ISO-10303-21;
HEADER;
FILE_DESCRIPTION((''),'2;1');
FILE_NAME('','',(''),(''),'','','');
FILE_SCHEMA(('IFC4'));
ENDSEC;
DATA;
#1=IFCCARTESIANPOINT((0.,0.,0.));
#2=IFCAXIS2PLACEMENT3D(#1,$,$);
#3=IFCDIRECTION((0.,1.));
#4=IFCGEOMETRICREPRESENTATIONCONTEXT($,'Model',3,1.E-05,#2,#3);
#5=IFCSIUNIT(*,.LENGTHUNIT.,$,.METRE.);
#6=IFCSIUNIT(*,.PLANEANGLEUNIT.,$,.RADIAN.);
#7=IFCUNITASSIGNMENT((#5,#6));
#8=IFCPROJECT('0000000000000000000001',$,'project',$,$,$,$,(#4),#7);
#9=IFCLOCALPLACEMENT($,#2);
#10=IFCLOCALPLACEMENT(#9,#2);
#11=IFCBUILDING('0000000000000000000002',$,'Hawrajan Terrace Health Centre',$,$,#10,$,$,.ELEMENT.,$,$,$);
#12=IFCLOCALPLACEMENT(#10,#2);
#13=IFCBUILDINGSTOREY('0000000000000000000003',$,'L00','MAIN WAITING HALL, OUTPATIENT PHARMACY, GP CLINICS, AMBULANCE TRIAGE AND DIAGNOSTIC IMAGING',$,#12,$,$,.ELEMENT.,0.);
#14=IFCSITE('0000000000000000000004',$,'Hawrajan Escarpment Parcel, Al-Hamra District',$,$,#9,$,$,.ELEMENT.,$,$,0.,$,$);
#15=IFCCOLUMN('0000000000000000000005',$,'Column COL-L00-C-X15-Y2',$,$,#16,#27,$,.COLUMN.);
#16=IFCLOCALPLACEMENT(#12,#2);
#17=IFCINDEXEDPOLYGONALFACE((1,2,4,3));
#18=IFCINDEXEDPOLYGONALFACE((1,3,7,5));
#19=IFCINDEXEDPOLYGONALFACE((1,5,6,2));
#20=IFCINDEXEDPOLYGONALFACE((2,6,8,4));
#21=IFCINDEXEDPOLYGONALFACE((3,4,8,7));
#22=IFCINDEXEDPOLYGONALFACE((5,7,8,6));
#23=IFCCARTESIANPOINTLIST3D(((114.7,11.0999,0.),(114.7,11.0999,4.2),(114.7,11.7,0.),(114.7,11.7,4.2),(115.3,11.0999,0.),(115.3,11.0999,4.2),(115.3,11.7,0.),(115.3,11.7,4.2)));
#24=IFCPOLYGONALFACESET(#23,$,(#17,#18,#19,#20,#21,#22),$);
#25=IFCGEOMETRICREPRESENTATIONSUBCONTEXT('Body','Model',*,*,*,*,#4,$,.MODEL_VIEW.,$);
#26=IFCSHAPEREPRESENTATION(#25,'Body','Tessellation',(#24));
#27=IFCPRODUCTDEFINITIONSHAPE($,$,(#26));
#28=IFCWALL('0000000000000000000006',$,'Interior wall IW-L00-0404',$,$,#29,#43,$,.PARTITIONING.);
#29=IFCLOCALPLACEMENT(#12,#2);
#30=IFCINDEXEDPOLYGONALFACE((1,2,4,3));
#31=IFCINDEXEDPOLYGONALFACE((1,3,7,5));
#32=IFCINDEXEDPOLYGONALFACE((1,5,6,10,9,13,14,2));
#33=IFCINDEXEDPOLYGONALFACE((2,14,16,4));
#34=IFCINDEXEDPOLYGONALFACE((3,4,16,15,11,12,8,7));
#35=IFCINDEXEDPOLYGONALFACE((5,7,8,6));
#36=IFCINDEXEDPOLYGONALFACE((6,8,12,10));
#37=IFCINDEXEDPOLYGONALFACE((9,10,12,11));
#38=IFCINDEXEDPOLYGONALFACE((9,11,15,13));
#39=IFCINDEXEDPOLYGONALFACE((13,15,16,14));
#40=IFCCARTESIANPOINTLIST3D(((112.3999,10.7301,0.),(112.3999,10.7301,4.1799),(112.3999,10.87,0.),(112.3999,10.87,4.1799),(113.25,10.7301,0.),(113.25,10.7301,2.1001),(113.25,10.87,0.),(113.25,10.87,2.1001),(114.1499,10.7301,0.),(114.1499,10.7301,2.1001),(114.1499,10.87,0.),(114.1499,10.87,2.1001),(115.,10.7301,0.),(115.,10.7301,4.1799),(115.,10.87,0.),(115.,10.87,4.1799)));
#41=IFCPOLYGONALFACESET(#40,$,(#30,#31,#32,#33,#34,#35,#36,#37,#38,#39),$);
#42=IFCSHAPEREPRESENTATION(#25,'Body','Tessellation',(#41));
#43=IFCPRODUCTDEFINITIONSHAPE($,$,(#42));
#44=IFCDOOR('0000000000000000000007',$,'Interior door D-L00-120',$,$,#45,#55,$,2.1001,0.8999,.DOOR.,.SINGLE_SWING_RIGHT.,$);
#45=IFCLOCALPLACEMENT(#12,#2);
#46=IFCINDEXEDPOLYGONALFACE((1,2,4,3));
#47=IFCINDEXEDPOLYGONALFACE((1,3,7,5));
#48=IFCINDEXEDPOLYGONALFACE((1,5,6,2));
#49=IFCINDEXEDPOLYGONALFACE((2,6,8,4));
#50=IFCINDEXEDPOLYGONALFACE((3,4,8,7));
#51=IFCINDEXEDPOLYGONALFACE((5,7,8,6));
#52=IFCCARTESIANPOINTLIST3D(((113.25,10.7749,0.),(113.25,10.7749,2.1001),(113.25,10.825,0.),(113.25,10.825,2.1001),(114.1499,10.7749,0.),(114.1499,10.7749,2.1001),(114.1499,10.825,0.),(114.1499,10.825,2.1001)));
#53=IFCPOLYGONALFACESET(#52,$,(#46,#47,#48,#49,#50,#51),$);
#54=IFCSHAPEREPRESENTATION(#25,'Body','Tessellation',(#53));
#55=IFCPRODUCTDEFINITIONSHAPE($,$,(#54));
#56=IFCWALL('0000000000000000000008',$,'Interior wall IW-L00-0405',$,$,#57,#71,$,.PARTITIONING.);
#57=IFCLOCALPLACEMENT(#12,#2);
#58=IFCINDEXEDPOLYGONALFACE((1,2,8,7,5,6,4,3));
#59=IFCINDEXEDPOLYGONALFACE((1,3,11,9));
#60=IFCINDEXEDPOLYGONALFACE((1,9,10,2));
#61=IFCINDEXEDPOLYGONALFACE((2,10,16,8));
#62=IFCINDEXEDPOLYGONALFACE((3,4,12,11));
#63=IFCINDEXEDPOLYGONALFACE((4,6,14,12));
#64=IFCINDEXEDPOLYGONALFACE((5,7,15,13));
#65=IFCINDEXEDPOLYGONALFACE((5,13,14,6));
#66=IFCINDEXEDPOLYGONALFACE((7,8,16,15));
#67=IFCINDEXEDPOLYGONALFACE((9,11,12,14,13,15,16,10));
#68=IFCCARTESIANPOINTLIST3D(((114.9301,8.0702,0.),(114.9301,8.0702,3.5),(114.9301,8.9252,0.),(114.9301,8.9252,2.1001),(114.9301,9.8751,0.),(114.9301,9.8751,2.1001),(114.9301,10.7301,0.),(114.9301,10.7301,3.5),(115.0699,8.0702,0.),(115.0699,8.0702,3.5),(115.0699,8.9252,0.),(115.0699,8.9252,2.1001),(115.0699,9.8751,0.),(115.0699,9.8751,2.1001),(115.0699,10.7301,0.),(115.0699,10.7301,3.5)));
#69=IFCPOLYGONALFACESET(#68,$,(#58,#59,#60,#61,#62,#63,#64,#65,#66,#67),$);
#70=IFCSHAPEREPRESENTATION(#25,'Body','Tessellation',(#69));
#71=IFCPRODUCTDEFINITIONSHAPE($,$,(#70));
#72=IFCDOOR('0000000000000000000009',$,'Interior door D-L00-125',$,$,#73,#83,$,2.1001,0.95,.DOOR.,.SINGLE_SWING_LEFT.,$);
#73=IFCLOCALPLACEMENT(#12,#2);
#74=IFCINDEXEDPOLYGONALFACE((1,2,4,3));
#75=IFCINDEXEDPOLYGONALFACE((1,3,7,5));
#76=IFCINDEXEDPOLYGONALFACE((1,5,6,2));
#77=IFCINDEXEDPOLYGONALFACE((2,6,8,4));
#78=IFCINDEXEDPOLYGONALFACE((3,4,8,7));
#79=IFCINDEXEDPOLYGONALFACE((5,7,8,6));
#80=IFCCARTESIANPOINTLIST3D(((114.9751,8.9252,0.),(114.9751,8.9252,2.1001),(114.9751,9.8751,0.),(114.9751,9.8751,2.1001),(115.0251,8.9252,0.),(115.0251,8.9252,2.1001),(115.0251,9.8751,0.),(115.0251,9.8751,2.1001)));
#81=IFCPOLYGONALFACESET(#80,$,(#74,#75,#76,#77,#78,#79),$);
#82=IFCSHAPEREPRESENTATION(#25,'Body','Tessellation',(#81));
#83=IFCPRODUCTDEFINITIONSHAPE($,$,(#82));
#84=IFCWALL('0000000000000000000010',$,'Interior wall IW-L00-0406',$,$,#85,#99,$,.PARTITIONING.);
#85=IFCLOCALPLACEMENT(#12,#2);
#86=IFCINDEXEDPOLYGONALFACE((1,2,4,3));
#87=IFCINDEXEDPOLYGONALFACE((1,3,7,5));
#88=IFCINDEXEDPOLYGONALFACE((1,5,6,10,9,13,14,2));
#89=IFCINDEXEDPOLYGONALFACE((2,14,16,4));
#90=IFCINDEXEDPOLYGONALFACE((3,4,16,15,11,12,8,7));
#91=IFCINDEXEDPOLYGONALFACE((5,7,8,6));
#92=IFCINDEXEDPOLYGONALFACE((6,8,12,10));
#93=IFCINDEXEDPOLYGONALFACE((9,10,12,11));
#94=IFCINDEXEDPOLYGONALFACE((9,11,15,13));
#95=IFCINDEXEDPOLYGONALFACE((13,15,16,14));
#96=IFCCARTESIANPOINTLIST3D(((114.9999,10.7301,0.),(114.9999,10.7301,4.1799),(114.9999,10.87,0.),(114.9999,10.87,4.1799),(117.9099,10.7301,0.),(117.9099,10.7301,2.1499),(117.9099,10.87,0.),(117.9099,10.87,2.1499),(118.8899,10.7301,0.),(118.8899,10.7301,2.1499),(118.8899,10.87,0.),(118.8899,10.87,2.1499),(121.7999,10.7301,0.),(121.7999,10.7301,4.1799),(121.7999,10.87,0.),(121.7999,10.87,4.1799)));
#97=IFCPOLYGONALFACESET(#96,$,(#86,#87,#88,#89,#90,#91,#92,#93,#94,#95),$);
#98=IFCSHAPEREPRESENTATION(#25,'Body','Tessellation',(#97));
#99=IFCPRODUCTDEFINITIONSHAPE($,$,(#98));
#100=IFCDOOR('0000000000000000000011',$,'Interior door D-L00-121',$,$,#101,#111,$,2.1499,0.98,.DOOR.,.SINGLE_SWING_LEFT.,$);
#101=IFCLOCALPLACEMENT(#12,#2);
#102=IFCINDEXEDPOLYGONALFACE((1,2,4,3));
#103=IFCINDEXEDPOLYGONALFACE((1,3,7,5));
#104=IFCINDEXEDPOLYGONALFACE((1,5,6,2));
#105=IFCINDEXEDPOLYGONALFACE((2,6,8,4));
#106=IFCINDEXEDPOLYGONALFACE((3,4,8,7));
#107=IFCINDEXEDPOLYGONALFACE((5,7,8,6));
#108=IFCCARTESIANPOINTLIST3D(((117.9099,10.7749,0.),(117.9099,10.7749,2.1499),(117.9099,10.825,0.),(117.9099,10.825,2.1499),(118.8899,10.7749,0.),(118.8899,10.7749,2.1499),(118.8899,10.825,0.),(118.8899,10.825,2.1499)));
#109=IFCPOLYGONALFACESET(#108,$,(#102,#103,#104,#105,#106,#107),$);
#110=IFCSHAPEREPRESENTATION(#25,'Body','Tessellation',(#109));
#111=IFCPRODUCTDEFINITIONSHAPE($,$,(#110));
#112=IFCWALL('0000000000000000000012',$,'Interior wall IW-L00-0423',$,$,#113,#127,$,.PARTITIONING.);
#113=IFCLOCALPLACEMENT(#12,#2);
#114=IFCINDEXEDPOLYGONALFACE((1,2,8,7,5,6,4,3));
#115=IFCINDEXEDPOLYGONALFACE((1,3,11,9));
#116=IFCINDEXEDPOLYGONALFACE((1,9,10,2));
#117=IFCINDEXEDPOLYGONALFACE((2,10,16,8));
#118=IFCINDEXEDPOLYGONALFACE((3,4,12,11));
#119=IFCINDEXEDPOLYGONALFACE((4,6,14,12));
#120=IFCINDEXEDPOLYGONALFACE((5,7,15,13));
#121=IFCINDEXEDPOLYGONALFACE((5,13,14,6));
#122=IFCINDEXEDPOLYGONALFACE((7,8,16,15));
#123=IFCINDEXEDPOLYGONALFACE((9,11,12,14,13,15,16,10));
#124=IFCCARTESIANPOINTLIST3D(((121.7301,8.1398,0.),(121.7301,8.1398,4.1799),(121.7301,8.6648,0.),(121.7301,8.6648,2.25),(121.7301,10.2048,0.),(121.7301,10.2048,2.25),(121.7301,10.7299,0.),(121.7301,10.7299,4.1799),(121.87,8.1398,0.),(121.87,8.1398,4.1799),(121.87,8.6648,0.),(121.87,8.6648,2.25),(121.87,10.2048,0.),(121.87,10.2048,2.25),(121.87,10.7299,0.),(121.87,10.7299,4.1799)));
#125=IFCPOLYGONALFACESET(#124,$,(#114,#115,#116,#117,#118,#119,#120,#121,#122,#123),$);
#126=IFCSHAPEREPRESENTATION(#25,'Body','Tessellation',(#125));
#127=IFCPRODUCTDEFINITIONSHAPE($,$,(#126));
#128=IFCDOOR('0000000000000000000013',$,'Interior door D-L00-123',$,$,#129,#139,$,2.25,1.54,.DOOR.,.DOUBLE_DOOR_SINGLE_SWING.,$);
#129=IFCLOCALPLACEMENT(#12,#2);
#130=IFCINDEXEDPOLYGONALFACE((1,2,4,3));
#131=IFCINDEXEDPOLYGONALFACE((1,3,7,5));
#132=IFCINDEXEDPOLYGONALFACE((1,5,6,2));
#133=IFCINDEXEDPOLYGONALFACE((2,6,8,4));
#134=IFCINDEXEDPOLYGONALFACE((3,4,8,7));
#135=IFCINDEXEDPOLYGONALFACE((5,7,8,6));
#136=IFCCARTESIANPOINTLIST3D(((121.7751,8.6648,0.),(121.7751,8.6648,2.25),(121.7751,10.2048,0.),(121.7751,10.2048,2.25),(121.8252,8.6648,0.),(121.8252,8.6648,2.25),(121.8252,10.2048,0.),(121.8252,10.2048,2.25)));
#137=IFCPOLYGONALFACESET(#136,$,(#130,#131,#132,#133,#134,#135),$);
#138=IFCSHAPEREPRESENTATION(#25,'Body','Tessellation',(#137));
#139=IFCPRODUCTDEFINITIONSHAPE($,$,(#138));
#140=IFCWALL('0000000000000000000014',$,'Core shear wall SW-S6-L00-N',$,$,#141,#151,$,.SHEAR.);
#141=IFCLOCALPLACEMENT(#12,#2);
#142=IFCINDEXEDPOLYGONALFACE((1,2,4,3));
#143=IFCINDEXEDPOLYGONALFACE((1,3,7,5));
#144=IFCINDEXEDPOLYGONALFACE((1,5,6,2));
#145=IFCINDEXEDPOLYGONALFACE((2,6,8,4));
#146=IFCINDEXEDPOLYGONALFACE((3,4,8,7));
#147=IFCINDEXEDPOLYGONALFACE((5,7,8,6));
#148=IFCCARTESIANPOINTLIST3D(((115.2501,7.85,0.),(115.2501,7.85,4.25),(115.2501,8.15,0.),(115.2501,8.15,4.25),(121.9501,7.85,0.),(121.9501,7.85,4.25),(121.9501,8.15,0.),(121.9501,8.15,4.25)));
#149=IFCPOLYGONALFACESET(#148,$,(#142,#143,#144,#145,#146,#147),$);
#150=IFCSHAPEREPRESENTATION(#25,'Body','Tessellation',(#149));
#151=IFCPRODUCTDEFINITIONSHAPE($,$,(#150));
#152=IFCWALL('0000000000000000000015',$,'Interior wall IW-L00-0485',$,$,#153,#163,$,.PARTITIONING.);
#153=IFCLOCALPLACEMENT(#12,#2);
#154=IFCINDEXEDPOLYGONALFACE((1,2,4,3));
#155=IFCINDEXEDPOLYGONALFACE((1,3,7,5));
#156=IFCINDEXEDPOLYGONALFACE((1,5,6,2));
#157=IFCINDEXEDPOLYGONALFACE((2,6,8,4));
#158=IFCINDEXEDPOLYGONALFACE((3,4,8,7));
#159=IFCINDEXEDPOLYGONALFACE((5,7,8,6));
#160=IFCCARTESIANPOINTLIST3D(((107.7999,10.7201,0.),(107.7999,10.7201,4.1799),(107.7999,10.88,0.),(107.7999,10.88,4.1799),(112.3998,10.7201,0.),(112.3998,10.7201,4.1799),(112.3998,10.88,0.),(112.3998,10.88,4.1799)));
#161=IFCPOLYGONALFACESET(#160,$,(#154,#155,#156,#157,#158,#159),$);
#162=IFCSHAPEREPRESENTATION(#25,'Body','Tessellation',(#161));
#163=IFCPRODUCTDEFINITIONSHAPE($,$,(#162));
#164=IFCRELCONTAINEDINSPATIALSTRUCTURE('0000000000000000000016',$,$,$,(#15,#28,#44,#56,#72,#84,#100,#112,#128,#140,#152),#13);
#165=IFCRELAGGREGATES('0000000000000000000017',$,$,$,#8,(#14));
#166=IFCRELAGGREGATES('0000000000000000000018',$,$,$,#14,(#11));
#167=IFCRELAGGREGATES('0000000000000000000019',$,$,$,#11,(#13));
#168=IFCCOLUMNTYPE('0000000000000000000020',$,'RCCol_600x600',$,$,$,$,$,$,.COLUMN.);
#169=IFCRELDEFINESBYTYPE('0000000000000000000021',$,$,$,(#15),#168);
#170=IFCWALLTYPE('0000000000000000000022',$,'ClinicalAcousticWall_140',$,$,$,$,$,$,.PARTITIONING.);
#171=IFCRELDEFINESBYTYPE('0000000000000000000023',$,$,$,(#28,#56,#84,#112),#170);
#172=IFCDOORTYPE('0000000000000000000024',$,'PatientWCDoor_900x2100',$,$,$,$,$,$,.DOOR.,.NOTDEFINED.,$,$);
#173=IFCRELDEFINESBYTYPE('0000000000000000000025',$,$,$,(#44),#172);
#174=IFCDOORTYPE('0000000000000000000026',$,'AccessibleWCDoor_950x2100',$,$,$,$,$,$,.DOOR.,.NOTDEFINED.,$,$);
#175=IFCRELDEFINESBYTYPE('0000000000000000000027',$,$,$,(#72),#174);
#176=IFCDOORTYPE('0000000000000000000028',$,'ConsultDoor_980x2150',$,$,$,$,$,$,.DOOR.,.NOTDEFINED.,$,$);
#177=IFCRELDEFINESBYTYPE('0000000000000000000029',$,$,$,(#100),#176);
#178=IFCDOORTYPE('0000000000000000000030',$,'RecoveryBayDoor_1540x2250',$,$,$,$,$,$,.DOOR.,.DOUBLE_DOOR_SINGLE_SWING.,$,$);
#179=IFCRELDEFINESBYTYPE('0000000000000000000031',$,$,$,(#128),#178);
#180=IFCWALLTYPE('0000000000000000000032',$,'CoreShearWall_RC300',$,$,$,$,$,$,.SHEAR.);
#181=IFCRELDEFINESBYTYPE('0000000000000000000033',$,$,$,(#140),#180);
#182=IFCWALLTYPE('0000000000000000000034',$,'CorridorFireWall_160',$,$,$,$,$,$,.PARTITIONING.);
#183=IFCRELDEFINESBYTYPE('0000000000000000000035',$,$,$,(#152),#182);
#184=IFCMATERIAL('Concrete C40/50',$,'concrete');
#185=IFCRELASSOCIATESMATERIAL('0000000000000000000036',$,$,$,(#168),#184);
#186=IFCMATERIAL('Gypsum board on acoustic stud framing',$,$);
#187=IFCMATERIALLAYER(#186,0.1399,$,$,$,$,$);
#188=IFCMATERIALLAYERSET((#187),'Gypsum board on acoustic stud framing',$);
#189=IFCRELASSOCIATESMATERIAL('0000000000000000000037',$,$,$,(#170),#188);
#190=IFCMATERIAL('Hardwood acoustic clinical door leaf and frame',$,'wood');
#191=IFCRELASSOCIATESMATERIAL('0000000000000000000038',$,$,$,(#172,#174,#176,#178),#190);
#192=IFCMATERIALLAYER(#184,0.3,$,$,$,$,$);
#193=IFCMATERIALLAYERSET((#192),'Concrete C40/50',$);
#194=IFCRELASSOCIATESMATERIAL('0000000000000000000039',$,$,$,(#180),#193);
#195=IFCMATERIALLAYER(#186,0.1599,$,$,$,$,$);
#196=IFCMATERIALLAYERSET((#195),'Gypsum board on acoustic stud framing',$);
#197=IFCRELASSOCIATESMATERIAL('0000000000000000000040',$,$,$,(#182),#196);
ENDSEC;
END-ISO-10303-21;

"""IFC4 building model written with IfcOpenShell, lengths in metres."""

from ifc_helpers import new_model, si_unit, direction, frame, frame_2d, origin, origin_2d, place, context, subcontext, project, spatial, rectangle, extrude, material, layer, layer_set, material_profile, profile_set, type_object, element, fill, save


model = new_model("IFC4")

# Units and contexts
model_context = context("Model", 3, precision=1e-05, world=origin(), true_north=direction((0.0, 1.0)))
body_context = subcontext(model_context, "Body", "Model", "MODEL_VIEW")
ifc_project = project(units=[si_unit("LENGTHUNIT", "METRE"), si_unit("PLANEANGLEUNIT", "RADIAN")], contexts=[model_context])

# Site, building, storey
site_placement = place(None, origin())
site = spatial("IfcSite", under=ifc_project, at=site_placement, Name="Hawrajan Escarpment Parcel, Al-Hamra District", CompositionType="ELEMENT", RefElevation=0.0)
building_placement = place(site_placement, origin())
building = spatial("IfcBuilding", under=site, at=building_placement, Name="Hawrajan Terrace Health Centre", CompositionType="ELEMENT")
storey_placement = place(building_placement, origin())
storey = spatial("IfcBuildingStorey", under=building, at=storey_placement, Name="L00", Description="MAIN WAITING HALL, OUTPATIENT PHARMACY, GP CLINICS, AMBULANCE TRIAGE AND DIAGNOSTIC IMAGING", CompositionType="ELEMENT", Elevation=0.0)

# Shared definitions
ifc_material_1 = material(Name="Concrete C40/50", Category="concrete")

# Column
ifc_material_profile_1 = material_profile(ifc_material_1, rectangle(XDim=0.6001, YDim=0.6001, at=origin_2d()), Name="RC 600x600")
ifc_profile_set_1 = profile_set([ifc_material_profile_1], Name="Concrete C40/50")
column_type = type_object("IfcColumnType", Name="RCCol_600x600", PredefinedType="COLUMN", material=ifc_profile_set_1)
column_placement = place(storey_placement, frame((115.0, 11.3999, 0.0), z_axis=(0.0, 0.0, 1.0), x_axis=(1.0, 0.0, 0.0)))
element("IfcColumn", 1, at=column_placement, inside=storey, type_object=column_type, Name="Column COL-L00-C-X15-Y2", PredefinedType="COLUMN", context=body_context, shape_type="SweptSolid", body=[
    extrude(rectangle(XDim=0.6001, YDim=0.6001, at=origin_2d()), origin(), (0.0, 0.0, 1.0), 4.2),
])

# Walls, openings, doors
ifc_material_2 = material(Name="Gypsum board on acoustic stud framing")
ifc_layer_1 = layer(ifc_material_2, 0.1399)
ifc_layer_set_1 = layer_set([ifc_layer_1], Name="Gypsum board on acoustic stud framing")
wall_type_1 = type_object("IfcWallType", Name="ClinicalAcousticWall_140", PredefinedType="PARTITIONING", material=ifc_layer_set_1)
wall_1_placement = place(storey_placement, frame((112.3999, 10.8, 0.0), z_axis=(0.0, 0.0, 1.0), x_axis=(1.0, 0.0, 0.0)))
wall_1 = element("IfcWall", 2, at=wall_1_placement, inside=storey, type_object=wall_type_1, Name="Interior wall IW-L00-0404", PredefinedType="PARTITIONING", context=body_context, shape_type="SweptSolid", body=[
    extrude(rectangle(XDim=2.6001, YDim=0.1399, at=frame_2d((1.3, 0.0))), origin(), (0.0, 0.0, 1.0), 4.1799),
])
opening_1_placement = place(wall_1_placement, frame((0.8501, 0.0, 0.0)))
opening_1 = element("IfcOpeningElement", 3, at=opening_1_placement, cuts=wall_1, PredefinedType="OPENING", context=body_context, shape_type="SweptSolid", body=[
    extrude(rectangle(XDim=0.8999, YDim=2.1001, at=frame_2d((0.45, 1.05))), frame((0.0, 0.0798, 0.0), z_axis=(0.0, -1.0, 0.0), x_axis=(1.0, 0.0, 0.0)), (0.0, 0.0, 1.0), 0.1599),
])
ifc_material_3 = material(Name="Hardwood acoustic clinical door leaf and frame", Category="wood")
door_type_1 = type_object("IfcDoorType", Name="PatientWCDoor_900x2100", OperationType="NOTDEFINED", PredefinedType="DOOR", material=ifc_material_3)
door_1_placement = place(opening_1_placement, origin())
door_1 = element("IfcDoor", 4, at=door_1_placement, inside=storey, type_object=door_type_1, Name="Interior door D-L00-120", OperationType="SINGLE_SWING_RIGHT", OverallHeight=2.1001, OverallWidth=0.8999, PredefinedType="DOOR", context=body_context, shape_type="SweptSolid", body=[
    extrude(rectangle(XDim=0.8999, YDim=2.1001, at=frame_2d((0.45, 1.05))), frame((0.0, 0.0249, 0.0), z_axis=(0.0, -1.0, 0.0), x_axis=(1.0, 0.0, 0.0)), (0.0, 0.0, 1.0), 0.05),
])
fill(opening_1, door_1)
wall_2_placement = place(storey_placement, frame((115.0, 8.0701, 0.0), z_axis=(0.0, 0.0, 1.0), x_axis=(0.0, 1.0, 0.0)))
wall_2 = element("IfcWall", 5, at=wall_2_placement, inside=storey, type_object=wall_type_1, Name="Interior wall IW-L00-0405", PredefinedType="PARTITIONING", context=body_context, shape_type="SweptSolid", body=[
    extrude(rectangle(XDim=2.6599, YDim=0.1399, at=frame_2d((1.3301, 0.0))), origin(), (0.0, 0.0, 1.0), 3.5),
])
opening_2_placement = place(wall_2_placement, frame((0.855, 0.0, 0.0)))
opening_2 = element("IfcOpeningElement", 6, at=opening_2_placement, cuts=wall_2, PredefinedType="OPENING", context=body_context, shape_type="SweptSolid", body=[
    extrude(rectangle(XDim=0.95, YDim=2.1001, at=frame_2d((0.4751, 1.05))), frame((0.0, 0.0798, 0.0), z_axis=(0.0, -1.0, 0.0), x_axis=(1.0, 0.0, 0.0)), (0.0, 0.0, 1.0), 0.1599),
])
door_type_2 = type_object("IfcDoorType", Name="AccessibleWCDoor_950x2100", OperationType="NOTDEFINED", PredefinedType="DOOR", material=ifc_material_3)
door_2_placement = place(opening_2_placement, origin())
door_2 = element("IfcDoor", 7, at=door_2_placement, inside=storey, type_object=door_type_2, Name="Interior door D-L00-125", OperationType="SINGLE_SWING_LEFT", OverallHeight=2.1001, OverallWidth=0.95, PredefinedType="DOOR", context=body_context, shape_type="SweptSolid", body=[
    extrude(rectangle(XDim=0.95, YDim=2.1001, at=frame_2d((0.4751, 1.05))), frame((0.0, 0.0249, 0.0), z_axis=(0.0, -1.0, 0.0), x_axis=(1.0, 0.0, 0.0)), (0.0, 0.0, 1.0), 0.05),
])
fill(opening_2, door_2)
wall_3_placement = place(storey_placement, frame((115.0, 10.8, 0.0), z_axis=(0.0, 0.0, 1.0), x_axis=(1.0, 0.0, 0.0)))
wall_3 = element("IfcWall", 8, at=wall_3_placement, inside=storey, type_object=wall_type_1, Name="Interior wall IW-L00-0406", PredefinedType="PARTITIONING", context=body_context, shape_type="SweptSolid", body=[
    extrude(rectangle(XDim=6.8, YDim=0.1399, at=frame_2d((3.3999, 0.0))), origin(), (0.0, 0.0, 1.0), 4.1799),
])
opening_3_placement = place(wall_3_placement, frame((2.9099, 0.0, 0.0)))
opening_3 = element("IfcOpeningElement", 9, at=opening_3_placement, cuts=wall_3, PredefinedType="OPENING", context=body_context, shape_type="SweptSolid", body=[
    extrude(rectangle(XDim=0.98, YDim=2.1499, at=frame_2d((0.49, 1.075))), frame((0.0, 0.0798, 0.0), z_axis=(0.0, -1.0, 0.0), x_axis=(1.0, 0.0, 0.0)), (0.0, 0.0, 1.0), 0.1599),
])
door_type_3 = type_object("IfcDoorType", Name="ConsultDoor_980x2150", OperationType="NOTDEFINED", PredefinedType="DOOR", material=ifc_material_3)
door_3_placement = place(opening_3_placement, origin())
door_3 = element("IfcDoor", 10, at=door_3_placement, inside=storey, type_object=door_type_3, Name="Interior door D-L00-121", OperationType="SINGLE_SWING_LEFT", OverallHeight=2.1499, OverallWidth=0.98, PredefinedType="DOOR", context=body_context, shape_type="SweptSolid", body=[
    extrude(rectangle(XDim=0.98, YDim=2.1499, at=frame_2d((0.49, 1.075))), frame((0.0, 0.0249, 0.0), z_axis=(0.0, -1.0, 0.0), x_axis=(1.0, 0.0, 0.0)), (0.0, 0.0, 1.0), 0.05),
])
fill(opening_3, door_3)
wall_4_placement = place(storey_placement, frame((121.8, 8.1399, 0.0), z_axis=(0.0, 0.0, 1.0), x_axis=(0.0, 1.0, 0.0)))
wall_4 = element("IfcWall", 11, at=wall_4_placement, inside=storey, type_object=wall_type_1, Name="Interior wall IW-L00-0423", PredefinedType="PARTITIONING", context=body_context, shape_type="SweptSolid", body=[
    extrude(rectangle(XDim=2.5901, YDim=0.1399, at=frame_2d((1.2949, 0.0))), origin(), (0.0, 0.0, 1.0), 4.1799),
])
opening_4_placement = place(wall_4_placement, frame((0.5249, 0.0, 0.0)))
opening_4 = element("IfcOpeningElement", 12, at=opening_4_placement, cuts=wall_4, PredefinedType="OPENING", context=body_context, shape_type="SweptSolid", body=[
    extrude(rectangle(XDim=1.54, YDim=2.25, at=frame_2d((0.77, 1.125))), frame((0.0, 0.0798, 0.0), z_axis=(0.0, -1.0, 0.0), x_axis=(1.0, 0.0, 0.0)), (0.0, 0.0, 1.0), 0.1599),
])
door_type_4 = type_object("IfcDoorType", Name="RecoveryBayDoor_1540x2250", OperationType="DOUBLE_DOOR_SINGLE_SWING", PredefinedType="DOOR", material=ifc_material_3)
door_4_placement = place(opening_4_placement, origin())
door_4 = element("IfcDoor", 13, at=door_4_placement, inside=storey, type_object=door_type_4, Name="Interior door D-L00-123", OperationType="DOUBLE_DOOR_SINGLE_SWING", OverallHeight=2.25, OverallWidth=1.54, PredefinedType="DOOR", context=body_context, shape_type="SweptSolid", body=[
    extrude(rectangle(XDim=1.54, YDim=2.25, at=frame_2d((0.77, 1.125))), frame((0.0, 0.0249, 0.0), z_axis=(0.0, -1.0, 0.0), x_axis=(1.0, 0.0, 0.0)), (0.0, 0.0, 1.0), 0.05),
])
fill(opening_4, door_4)

# Walls
ifc_layer_2 = layer(ifc_material_1, 0.3)
ifc_layer_set_2 = layer_set([ifc_layer_2], Name="Concrete C40/50")
wall_type_2 = type_object("IfcWallType", Name="CoreShearWall_RC300", PredefinedType="SHEAR", material=ifc_layer_set_2)
wall_5_placement = place(storey_placement, frame((115.25, 8.0, 0.0), z_axis=(0.0, 0.0, 1.0), x_axis=(1.0, 0.0, 0.0)))
element("IfcWall", 14, at=wall_5_placement, inside=storey, type_object=wall_type_2, Name="Core shear wall SW-S6-L00-N", PredefinedType="SHEAR", context=body_context, shape_type="SweptSolid", body=[
    extrude(rectangle(XDim=6.7, YDim=0.3, at=frame_2d((3.3501, 0.0))), origin(), (0.0, 0.0, 1.0), 4.25),
])
ifc_layer_3 = layer(ifc_material_2, 0.1599)
ifc_layer_set_3 = layer_set([ifc_layer_3], Name="Gypsum board on acoustic stud framing")
wall_type_3 = type_object("IfcWallType", Name="CorridorFireWall_160", PredefinedType="PARTITIONING", material=ifc_layer_set_3)
wall_6_placement = place(storey_placement, frame((107.8, 10.8, 0.0), z_axis=(0.0, 0.0, 1.0), x_axis=(1.0, 0.0, 0.0)))
element("IfcWall", 15, at=wall_6_placement, inside=storey, type_object=wall_type_3, Name="Interior wall IW-L00-0485", PredefinedType="PARTITIONING", context=body_context, shape_type="SweptSolid", body=[
    extrude(rectangle(XDim=4.5999, YDim=0.1599, at=frame_2d((2.2998, 0.0))), origin(), (0.0, 0.0, 1.0), 4.1799),
])

save(model, "model.ifc")
